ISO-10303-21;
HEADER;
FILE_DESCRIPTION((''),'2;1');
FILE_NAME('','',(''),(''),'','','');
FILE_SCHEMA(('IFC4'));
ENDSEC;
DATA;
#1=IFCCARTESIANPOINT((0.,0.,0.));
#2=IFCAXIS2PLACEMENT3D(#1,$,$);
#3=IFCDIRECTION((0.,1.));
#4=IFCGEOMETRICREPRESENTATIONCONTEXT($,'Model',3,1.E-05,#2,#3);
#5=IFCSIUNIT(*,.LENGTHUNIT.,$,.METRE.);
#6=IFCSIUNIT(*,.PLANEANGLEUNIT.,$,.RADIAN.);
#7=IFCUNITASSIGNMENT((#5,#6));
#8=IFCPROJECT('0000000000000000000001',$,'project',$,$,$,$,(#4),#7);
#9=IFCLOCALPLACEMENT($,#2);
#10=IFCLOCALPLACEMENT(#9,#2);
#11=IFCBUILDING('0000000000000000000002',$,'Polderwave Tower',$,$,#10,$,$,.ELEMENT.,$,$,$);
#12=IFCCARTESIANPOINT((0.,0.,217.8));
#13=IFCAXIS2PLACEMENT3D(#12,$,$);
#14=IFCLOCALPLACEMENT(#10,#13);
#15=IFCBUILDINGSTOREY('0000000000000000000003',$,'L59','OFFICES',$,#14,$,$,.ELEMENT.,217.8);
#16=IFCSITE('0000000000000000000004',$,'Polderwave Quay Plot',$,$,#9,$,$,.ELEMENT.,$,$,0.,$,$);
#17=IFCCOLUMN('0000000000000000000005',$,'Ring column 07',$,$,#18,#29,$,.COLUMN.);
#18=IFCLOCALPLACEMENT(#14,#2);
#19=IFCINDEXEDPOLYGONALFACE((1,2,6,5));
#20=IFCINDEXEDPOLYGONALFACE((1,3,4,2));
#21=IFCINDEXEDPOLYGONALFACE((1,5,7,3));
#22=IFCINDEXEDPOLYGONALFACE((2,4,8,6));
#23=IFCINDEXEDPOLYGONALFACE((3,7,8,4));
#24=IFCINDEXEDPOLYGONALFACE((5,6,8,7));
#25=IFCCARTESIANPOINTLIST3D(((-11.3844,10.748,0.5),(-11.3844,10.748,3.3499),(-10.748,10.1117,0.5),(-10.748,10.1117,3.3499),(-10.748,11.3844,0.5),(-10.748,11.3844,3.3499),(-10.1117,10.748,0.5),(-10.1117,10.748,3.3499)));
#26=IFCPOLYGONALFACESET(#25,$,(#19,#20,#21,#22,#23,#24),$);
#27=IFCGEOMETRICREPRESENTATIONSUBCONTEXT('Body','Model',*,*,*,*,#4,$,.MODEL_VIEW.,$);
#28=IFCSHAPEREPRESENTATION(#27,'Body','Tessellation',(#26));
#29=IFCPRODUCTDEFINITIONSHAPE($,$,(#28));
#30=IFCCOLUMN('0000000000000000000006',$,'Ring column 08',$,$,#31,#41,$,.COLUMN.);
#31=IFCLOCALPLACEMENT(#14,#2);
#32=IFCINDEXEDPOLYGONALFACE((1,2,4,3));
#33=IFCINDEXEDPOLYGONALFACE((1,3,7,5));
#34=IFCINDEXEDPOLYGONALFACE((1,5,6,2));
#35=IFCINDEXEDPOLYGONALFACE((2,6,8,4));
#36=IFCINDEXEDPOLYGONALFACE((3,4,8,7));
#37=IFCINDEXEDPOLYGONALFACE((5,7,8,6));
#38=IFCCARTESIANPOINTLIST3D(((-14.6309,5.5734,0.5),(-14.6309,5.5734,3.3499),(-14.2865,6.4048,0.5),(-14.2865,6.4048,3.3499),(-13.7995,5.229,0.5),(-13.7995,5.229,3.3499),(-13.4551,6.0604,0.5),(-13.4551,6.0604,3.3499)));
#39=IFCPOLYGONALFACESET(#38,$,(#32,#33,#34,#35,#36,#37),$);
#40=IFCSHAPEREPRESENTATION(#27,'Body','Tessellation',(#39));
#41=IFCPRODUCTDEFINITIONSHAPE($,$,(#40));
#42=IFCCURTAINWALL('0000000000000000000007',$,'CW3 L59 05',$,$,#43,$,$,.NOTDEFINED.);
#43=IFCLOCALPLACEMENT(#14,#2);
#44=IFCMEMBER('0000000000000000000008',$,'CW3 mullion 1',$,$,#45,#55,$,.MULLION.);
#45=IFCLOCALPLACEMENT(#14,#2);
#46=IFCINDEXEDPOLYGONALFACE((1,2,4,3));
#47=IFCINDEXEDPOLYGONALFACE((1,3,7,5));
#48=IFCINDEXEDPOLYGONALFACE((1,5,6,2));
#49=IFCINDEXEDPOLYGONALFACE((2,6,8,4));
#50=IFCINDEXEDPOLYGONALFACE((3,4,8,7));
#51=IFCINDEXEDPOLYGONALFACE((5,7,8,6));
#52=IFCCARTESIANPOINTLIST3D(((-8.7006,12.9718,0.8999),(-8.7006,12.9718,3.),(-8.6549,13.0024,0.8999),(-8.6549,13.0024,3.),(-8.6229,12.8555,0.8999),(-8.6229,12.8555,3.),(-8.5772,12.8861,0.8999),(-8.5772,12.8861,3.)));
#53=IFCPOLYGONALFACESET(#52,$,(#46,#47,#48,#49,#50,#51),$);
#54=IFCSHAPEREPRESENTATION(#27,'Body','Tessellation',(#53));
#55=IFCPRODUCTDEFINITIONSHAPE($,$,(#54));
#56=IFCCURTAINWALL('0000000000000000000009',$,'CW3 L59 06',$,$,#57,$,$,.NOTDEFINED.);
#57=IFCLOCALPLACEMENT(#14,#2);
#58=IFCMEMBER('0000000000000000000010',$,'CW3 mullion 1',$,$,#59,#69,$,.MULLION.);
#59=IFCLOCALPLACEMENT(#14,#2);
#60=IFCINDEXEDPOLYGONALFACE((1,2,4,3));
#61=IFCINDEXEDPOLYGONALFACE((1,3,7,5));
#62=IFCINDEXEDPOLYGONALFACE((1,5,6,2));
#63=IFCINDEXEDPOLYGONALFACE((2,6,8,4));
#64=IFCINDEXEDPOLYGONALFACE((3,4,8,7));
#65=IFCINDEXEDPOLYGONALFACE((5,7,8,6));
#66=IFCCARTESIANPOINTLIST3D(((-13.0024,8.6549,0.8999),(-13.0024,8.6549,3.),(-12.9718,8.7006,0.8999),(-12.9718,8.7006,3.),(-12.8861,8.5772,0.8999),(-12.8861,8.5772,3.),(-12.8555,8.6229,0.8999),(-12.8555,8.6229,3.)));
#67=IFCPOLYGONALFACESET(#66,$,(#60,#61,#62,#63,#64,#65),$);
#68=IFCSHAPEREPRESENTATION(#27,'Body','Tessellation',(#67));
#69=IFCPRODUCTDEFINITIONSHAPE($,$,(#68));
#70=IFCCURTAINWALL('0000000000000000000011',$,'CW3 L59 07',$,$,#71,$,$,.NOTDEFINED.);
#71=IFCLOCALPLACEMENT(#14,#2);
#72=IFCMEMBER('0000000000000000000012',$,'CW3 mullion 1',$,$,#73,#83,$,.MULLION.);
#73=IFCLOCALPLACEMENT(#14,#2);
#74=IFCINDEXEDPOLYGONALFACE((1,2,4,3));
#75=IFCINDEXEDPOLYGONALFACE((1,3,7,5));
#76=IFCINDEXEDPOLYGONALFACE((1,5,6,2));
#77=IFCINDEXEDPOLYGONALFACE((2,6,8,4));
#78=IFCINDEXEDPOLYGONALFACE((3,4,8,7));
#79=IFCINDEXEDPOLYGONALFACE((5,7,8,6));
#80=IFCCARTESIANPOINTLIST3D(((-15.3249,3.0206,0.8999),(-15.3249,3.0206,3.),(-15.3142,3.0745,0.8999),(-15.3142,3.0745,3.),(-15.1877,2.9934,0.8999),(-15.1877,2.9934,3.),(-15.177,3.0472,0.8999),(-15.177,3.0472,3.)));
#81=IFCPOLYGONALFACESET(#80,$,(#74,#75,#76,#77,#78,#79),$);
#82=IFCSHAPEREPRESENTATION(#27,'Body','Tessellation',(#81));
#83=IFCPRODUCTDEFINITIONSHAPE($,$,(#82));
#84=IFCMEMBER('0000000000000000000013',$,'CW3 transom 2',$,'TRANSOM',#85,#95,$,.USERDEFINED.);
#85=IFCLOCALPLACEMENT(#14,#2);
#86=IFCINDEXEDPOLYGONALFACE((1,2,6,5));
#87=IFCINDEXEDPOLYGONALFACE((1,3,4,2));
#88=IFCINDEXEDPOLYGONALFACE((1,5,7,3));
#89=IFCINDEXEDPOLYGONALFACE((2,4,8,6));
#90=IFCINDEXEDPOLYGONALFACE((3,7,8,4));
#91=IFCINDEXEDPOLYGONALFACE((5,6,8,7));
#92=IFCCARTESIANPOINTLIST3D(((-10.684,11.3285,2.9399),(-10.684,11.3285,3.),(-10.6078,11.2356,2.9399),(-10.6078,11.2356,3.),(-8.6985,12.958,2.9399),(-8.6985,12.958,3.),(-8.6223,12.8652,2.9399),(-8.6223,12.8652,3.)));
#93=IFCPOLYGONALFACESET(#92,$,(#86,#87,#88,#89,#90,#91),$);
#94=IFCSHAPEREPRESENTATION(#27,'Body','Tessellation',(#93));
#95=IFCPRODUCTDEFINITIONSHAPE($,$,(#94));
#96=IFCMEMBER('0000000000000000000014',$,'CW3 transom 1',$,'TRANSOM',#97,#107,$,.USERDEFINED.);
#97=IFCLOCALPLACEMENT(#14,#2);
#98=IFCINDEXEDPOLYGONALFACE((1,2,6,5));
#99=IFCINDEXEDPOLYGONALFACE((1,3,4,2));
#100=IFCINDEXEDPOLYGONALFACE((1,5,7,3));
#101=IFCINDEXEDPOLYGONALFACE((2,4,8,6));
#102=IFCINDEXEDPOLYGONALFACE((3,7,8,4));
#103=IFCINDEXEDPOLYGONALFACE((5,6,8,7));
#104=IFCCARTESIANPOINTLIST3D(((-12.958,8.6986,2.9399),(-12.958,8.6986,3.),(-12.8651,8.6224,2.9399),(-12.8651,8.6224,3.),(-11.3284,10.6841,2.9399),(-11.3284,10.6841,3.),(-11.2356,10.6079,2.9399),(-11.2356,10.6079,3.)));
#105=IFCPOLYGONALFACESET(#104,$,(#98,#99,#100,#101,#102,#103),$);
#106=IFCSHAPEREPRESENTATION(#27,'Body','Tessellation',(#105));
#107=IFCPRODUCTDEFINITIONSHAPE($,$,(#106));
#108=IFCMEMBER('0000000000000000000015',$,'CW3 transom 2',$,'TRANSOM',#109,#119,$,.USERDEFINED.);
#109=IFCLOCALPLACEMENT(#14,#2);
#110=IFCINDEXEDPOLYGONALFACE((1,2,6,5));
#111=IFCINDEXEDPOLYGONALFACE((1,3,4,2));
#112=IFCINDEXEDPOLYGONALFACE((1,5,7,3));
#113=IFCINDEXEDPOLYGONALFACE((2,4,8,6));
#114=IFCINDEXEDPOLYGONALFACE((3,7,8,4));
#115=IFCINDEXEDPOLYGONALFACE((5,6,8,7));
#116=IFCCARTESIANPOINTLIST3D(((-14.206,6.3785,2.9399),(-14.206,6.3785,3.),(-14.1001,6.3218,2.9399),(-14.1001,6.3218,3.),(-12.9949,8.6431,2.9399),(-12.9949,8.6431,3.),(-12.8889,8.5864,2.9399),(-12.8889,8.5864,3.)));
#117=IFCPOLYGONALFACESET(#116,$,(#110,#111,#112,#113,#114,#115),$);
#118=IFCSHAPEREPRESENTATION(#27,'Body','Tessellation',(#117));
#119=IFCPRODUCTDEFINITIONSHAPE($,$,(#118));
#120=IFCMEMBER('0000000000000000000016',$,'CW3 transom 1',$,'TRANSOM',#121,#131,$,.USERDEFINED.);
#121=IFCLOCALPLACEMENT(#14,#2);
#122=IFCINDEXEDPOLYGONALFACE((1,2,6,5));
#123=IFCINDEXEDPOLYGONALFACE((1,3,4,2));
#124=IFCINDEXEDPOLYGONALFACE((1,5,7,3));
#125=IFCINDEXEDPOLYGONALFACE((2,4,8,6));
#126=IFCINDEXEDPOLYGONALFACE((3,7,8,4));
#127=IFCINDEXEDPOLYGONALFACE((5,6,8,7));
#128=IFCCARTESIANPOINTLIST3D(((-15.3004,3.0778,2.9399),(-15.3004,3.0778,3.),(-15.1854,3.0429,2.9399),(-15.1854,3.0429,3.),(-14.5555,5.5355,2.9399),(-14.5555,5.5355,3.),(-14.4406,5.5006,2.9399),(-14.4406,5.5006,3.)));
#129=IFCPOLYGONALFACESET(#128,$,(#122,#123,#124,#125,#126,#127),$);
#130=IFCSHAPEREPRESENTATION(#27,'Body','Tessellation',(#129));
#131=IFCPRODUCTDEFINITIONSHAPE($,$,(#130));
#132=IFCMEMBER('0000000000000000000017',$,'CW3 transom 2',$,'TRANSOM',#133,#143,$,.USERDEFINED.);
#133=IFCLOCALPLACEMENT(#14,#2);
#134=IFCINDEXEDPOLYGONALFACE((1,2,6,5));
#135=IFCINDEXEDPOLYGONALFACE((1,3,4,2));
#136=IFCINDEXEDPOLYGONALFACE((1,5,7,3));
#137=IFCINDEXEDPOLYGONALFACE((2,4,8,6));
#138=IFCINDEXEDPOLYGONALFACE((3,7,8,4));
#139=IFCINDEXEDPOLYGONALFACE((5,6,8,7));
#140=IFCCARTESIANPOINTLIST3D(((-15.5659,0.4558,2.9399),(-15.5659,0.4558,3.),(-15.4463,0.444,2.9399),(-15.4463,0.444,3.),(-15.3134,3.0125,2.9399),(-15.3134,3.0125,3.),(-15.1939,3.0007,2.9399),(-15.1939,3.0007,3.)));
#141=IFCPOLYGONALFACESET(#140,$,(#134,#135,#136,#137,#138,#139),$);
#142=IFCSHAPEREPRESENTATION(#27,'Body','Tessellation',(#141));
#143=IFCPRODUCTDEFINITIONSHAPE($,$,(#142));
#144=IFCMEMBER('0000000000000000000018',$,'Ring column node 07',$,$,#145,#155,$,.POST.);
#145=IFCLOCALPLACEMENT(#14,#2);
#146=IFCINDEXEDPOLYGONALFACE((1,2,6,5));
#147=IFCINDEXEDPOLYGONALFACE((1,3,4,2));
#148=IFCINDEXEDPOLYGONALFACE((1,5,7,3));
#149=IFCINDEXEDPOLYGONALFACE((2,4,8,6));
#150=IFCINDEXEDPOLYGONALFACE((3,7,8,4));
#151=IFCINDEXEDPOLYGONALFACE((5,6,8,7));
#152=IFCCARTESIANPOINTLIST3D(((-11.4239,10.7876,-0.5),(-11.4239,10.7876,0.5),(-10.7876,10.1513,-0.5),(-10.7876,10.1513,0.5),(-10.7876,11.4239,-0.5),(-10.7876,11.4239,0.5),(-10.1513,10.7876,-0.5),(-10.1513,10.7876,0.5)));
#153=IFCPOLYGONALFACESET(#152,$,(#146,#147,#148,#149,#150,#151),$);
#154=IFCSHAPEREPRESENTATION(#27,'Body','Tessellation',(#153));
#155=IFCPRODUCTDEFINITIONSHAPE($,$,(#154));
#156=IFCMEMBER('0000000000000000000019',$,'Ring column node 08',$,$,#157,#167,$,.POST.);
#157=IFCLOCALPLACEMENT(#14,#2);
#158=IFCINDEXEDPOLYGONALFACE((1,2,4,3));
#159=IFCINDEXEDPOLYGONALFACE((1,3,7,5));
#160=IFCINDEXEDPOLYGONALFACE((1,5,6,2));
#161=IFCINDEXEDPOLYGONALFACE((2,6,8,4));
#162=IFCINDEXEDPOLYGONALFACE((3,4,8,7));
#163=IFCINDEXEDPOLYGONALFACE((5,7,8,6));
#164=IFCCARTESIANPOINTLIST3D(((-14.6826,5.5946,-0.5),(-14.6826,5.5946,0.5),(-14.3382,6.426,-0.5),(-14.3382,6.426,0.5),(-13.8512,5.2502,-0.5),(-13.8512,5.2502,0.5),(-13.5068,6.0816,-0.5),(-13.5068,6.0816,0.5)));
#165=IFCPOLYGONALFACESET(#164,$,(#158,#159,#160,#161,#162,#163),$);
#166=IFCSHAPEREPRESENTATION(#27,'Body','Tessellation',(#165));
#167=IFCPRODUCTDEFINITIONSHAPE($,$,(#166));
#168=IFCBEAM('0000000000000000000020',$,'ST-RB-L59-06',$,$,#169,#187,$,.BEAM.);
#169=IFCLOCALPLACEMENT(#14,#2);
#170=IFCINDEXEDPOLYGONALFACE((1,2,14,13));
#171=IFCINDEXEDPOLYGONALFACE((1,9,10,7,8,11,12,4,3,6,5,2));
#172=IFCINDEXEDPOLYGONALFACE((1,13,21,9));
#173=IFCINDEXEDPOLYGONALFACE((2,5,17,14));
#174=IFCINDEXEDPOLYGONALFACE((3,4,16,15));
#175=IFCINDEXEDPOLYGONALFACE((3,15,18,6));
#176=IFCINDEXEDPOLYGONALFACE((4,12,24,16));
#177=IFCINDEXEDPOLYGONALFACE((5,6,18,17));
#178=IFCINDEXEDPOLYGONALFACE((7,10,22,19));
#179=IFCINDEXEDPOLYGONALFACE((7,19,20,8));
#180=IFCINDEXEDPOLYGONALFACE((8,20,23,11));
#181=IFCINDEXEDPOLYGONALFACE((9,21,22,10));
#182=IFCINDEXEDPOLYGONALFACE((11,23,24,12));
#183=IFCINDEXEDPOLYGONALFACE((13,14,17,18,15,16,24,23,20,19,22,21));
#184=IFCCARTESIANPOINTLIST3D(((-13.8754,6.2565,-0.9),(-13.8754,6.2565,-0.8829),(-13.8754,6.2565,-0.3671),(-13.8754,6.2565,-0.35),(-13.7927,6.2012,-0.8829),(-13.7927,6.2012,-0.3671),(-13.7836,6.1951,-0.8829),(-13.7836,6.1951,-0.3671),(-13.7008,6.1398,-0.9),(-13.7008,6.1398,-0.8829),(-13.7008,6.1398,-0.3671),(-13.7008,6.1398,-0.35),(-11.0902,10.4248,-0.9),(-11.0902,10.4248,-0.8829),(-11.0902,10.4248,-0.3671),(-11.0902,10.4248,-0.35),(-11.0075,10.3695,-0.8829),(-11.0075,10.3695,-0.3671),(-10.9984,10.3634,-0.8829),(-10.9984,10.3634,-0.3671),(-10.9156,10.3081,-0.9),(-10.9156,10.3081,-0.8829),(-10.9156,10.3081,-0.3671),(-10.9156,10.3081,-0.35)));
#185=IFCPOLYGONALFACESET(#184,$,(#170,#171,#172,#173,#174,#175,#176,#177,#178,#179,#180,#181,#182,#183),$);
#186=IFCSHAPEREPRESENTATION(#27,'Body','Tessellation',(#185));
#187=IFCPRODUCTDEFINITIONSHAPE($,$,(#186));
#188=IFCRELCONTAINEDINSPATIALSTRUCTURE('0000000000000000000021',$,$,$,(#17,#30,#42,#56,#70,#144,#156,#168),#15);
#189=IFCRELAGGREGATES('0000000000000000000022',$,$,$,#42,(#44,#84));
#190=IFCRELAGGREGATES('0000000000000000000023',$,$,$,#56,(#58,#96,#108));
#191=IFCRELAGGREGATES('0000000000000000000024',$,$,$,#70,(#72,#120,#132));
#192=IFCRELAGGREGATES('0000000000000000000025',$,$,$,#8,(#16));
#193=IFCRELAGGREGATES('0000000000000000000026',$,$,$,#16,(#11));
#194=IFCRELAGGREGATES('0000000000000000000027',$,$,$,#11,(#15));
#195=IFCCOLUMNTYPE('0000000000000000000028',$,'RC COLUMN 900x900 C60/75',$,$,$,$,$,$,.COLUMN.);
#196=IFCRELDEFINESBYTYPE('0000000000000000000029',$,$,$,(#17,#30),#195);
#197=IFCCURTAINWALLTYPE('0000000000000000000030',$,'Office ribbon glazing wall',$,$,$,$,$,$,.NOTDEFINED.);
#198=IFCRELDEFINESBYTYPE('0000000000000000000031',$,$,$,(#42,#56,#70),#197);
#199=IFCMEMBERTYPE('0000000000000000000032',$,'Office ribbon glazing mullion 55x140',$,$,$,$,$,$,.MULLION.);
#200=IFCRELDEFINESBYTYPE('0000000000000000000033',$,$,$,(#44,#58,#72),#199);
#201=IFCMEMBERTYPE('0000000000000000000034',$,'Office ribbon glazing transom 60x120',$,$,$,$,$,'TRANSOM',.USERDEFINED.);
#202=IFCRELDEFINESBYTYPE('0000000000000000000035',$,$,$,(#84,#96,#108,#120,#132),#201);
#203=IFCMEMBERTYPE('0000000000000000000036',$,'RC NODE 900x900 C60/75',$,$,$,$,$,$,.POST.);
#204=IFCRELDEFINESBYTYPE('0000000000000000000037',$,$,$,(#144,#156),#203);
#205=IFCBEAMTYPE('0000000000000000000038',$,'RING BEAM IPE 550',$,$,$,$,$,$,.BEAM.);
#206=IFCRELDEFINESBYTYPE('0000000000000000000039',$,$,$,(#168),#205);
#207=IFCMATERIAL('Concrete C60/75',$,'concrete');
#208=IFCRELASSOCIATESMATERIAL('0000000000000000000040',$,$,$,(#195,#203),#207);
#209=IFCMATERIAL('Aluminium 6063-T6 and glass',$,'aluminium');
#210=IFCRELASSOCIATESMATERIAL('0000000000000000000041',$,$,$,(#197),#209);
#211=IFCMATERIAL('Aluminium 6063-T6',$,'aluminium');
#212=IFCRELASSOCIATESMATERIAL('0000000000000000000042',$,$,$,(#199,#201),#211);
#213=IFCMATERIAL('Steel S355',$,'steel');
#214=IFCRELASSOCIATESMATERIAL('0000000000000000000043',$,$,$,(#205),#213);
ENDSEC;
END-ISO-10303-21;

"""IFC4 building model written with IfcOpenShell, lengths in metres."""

from ifc_helpers import new_model, si_unit, direction, frame, origin, origin_2d, place, context, subcontext, project, spatial, rectangle, i_section, extrude, material, material_profile, profile_set, type_object, element, aggregate, save


model = new_model("IFC4")

# Units and contexts
model_context = context("Model", 3, precision=1e-05, world=origin(), true_north=direction((0.0, 1.0)))
body_context = subcontext(model_context, "Body", "Model", "MODEL_VIEW")
ifc_project = project(units=[si_unit("LENGTHUNIT", "METRE"), si_unit("PLANEANGLEUNIT", "RADIAN")], contexts=[model_context])

# Site, building, storey
site_placement = place(None, origin())
site = spatial("IfcSite", under=ifc_project, at=site_placement, Name="Polderwave Quay Plot", CompositionType="ELEMENT", RefElevation=0.0)
building_placement = place(site_placement, origin())
building = spatial("IfcBuilding", under=site, at=building_placement, Name="Polderwave Tower", CompositionType="ELEMENT")
storey_placement = place(building_placement, frame((0.0, 0.0, 217.8)))
storey = spatial("IfcBuildingStorey", under=building, at=storey_placement, Name="L59", Description="OFFICES", CompositionType="ELEMENT", Elevation=217.8)

# Columns
ifc_material_1 = material(Name="Concrete C60/75", Category="concrete")
ifc_material_profile_1 = material_profile(ifc_material_1, rectangle(XDim=0.8999, YDim=0.8999, at=origin_2d()), Name="RC 900x900")
ifc_profile_set_1 = profile_set([ifc_material_profile_1], Name="Concrete C60/75")
column_type = type_object("IfcColumnType", Name="RC COLUMN 900x900 C60/75", PredefinedType="COLUMN", material=ifc_profile_set_1)
for number, where, z_axis, x_axis, name in (
    (1, (-10.748, 10.748, 0.5), (0.0, 0.0, 1.0), (-0.707107, 0.707107, 0.0), "Ring column 07"),
    (2, (-14.043, 5.8169, 0.5), (0.0, 0.0, 1.0), (-0.92388, 0.382683, 0.0), "Ring column 08"),
):
    element("IfcColumn", number, at=place(storey_placement, frame(where, z_axis=z_axis, x_axis=x_axis)), inside=storey, type_object=column_type, Name=name, PredefinedType="COLUMN", context=body_context, shape_type="SweptSolid", body=[
        extrude(rectangle(XDim=0.8999, YDim=0.8999, at=origin_2d()), origin(), (0.0, 0.0, 1.0), 2.8499),
    ])

# Curtain walls, members
ifc_material_2 = material(Name="Aluminium 6063-T6 and glass", Category="aluminium")
curtain_wall_type = type_object("IfcCurtainWallType", Name="Office ribbon glazing wall", PredefinedType="NOTDEFINED", material=ifc_material_2)
curtain_wall_1_placement = place(storey_placement, origin())
curtain_wall_1 = element("IfcCurtainWall", 3, at=curtain_wall_1_placement, inside=storey, type_object=curtain_wall_type, Name="CW3 L59 05", PredefinedType="NOTDEFINED")
ifc_material_3 = material(Name="Aluminium 6063-T6", Category="aluminium")
ifc_material_profile_2 = material_profile(ifc_material_3, rectangle(XDim=0.1399, YDim=0.0549, at=origin_2d()), Name="AL 55x140")
ifc_profile_set_2 = profile_set([ifc_material_profile_2], Name="Aluminium 6063-T6")
member_type_1 = type_object("IfcMemberType", Name="Office ribbon glazing mullion 55x140", PredefinedType="MULLION", material=ifc_profile_set_2)
member_1_placement = place(storey_placement, frame((-8.6389, 12.929, 0.8999), z_axis=(0.0, 0.0, 1.0), x_axis=(0.555628, -0.831431, 0.0)))
member_1 = element("IfcMember", 4, at=member_1_placement, type_object=member_type_1, Name="CW3 mullion 1", PredefinedType="MULLION", context=body_context, shape_type="SweptSolid", body=[
    extrude(rectangle(XDim=0.1399, YDim=0.0549, at=origin_2d()), origin(), (0.0, 0.0, 1.0), 2.1001),
])
curtain_wall_2_placement = place(storey_placement, origin())
curtain_wall_2 = element("IfcCurtainWall", 5, at=curtain_wall_2_placement, inside=storey, type_object=curtain_wall_type, Name="CW3 L59 06", PredefinedType="NOTDEFINED")
member_2_placement = place(storey_placement, frame((-12.929, 8.6389, 0.8999), z_axis=(0.0, 0.0, 1.0), x_axis=(0.831431, -0.555628, 0.0)))
member_2 = element("IfcMember", 6, at=member_2_placement, type_object=member_type_1, Name="CW3 mullion 1", PredefinedType="MULLION", context=body_context, shape_type="SweptSolid", body=[
    extrude(rectangle(XDim=0.1399, YDim=0.0549, at=origin_2d()), origin(), (0.0, 0.0, 1.0), 2.1001),
])
curtain_wall_3_placement = place(storey_placement, origin())
curtain_wall_3 = element("IfcCurtainWall", 7, at=curtain_wall_3_placement, inside=storey, type_object=curtain_wall_type, Name="CW3 L59 07", PredefinedType="NOTDEFINED")
member_3_placement = place(storey_placement, frame((-15.251, 3.0339, 0.8999), z_axis=(0.0, 0.0, 1.0), x_axis=(0.980785, -0.195092, 0.0)))
member_3 = element("IfcMember", 8, at=member_3_placement, type_object=member_type_1, Name="CW3 mullion 1", PredefinedType="MULLION", context=body_context, shape_type="SweptSolid", body=[
    extrude(rectangle(XDim=0.1399, YDim=0.0549, at=origin_2d()), origin(), (0.0, 0.0, 1.0), 2.1001),
])

# Members
ifc_material_profile_3 = material_profile(ifc_material_3, rectangle(XDim=0.1201, YDim=0.0601, at=origin_2d()), Name="AL 60x120")
ifc_profile_set_3 = profile_set([ifc_material_profile_3], Name="Aluminium 6063-T6")
member_type_2 = type_object("IfcMemberType", Name="Office ribbon glazing transom 60x120", ElementType="TRANSOM", PredefinedType="USERDEFINED", material=ifc_profile_set_3)
member_4_placement = place(storey_placement, frame((-8.6604, 12.9116, 2.97), z_axis=(-0.772991, -0.634417, 0.0), x_axis=(0.634417, -0.772991, 0.0)))
member_4 = element("IfcMember", 9, at=member_4_placement, type_object=member_type_2, Name="CW3 transom 2", ObjectType="TRANSOM", PredefinedType="USERDEFINED", context=body_context, shape_type="SweptSolid", body=[
    extrude(rectangle(XDim=0.1201, YDim=0.0601, at=origin_2d()), origin(), (0.0, 0.0, 1.0), 2.5686),
])
member_5_placement = place(storey_placement, frame((-11.282, 10.646, 2.97), z_axis=(-0.634417, -0.772991, 0.0), x_axis=(0.772991, -0.634417, 0.0)))
member_5 = element("IfcMember", 10, at=member_5_placement, type_object=member_type_2, Name="CW3 transom 1", ObjectType="TRANSOM", PredefinedType="USERDEFINED", context=body_context, shape_type="SweptSolid", body=[
    extrude(rectangle(XDim=0.1201, YDim=0.0601, at=origin_2d()), origin(), (0.0, 0.0, 1.0), 2.5686),
])
member_6_placement = place(storey_placement, frame((-12.9419, 8.6147, 2.97), z_axis=(-0.471609, -0.881808, 0.0), x_axis=(0.881808, -0.471609, 0.0)))
member_6 = element("IfcMember", 11, at=member_6_placement, type_object=member_type_2, Name="CW3 transom 2", ObjectType="TRANSOM", PredefinedType="USERDEFINED", context=body_context, shape_type="SweptSolid", body=[
    extrude(rectangle(XDim=0.1201, YDim=0.0601, at=origin_2d()), origin(), (0.0, 0.0, 1.0), 2.5681),
])
member_7_placement = place(storey_placement, frame((-14.498, 5.5181, 2.97), z_axis=(-0.290042, -0.957014, 0.0), x_axis=(0.957014, -0.290042, 0.0)))
member_7 = element("IfcMember", 12, at=member_7_placement, type_object=member_type_2, Name="CW3 transom 1", ObjectType="TRANSOM", PredefinedType="USERDEFINED", context=body_context, shape_type="SweptSolid", body=[
    extrude(rectangle(XDim=0.1201, YDim=0.0601, at=origin_2d()), origin(), (0.0, 0.0, 1.0), 2.5681),
])
member_8_placement = place(storey_placement, frame((-15.2537, 3.0066, 2.97), z_axis=(-0.098262, -0.995161, 0.0), x_axis=(0.995161, -0.098262, 0.0)))
member_8 = element("IfcMember", 13, at=member_8_placement, type_object=member_type_2, Name="CW3 transom 2", ObjectType="TRANSOM", PredefinedType="USERDEFINED", context=body_context, shape_type="SweptSolid", body=[
    extrude(rectangle(XDim=0.1201, YDim=0.0601, at=origin_2d()), origin(), (0.0, 0.0, 1.0), 2.5691),
])

# Members
ifc_material_profile_4 = material_profile(ifc_material_1, rectangle(XDim=0.8999, YDim=0.8999, at=origin_2d()), Name="RC 900x900")
ifc_profile_set_4 = profile_set([ifc_material_profile_4], Name="Concrete C60/75")
member_type_3 = type_object("IfcMemberType", Name="RC NODE 900x900 C60/75", PredefinedType="POST", material=ifc_profile_set_4)
for number, where, z_axis, x_axis, name in (
    (14, (-10.7876, 10.7876, -0.5), (0.0, 0.0, 1.0), (-0.707107, 0.707107, 0.0), "Ring column node 07"),
    (15, (-14.0947, 5.8381, -0.5), (0.0, 0.0, 1.0), (-0.92388, 0.382683, 0.0), "Ring column node 08"),
):
    element("IfcMember", number, at=place(storey_placement, frame(where, z_axis=z_axis, x_axis=x_axis)), inside=storey, type_object=member_type_3, Name=name, PredefinedType="POST", context=body_context, shape_type="SweptSolid", body=[
        extrude(rectangle(XDim=0.8999, YDim=0.8999, at=origin_2d()), origin(), (0.0, 0.0, 1.0), 1.0),
    ])

# Beam
ifc_material_4 = material(Name="Steel S355", Category="steel")
ifc_material_profile_5 = material_profile(ifc_material_4, i_section(OverallWidth=0.21, OverallDepth=0.55, WebThickness=0.011, FlangeThickness=0.0171, at=origin_2d()), Name="IPE 550")
ifc_profile_set_5 = profile_set([ifc_material_profile_5], Name="Steel S355")
beam_type = type_object("IfcBeamType", Name="RING BEAM IPE 550", PredefinedType="BEAM", material=ifc_profile_set_5)
for number, where, z_axis, x_axis, name in (
    (16, (-11.0029, 10.3665, -0.625), (-0.555576, -0.831465, 0.0), (0.831465, -0.555576, 0.0), "ST-RB-L59-06"),
):
    element("IfcBeam", number, at=place(storey_placement, frame(where, z_axis=z_axis, x_axis=x_axis)), inside=storey, type_object=beam_type, Name=name, PredefinedType="BEAM", context=body_context, shape_type="SweptSolid", body=[
        extrude(i_section(OverallWidth=0.21, OverallDepth=0.55, WebThickness=0.011, FlangeThickness=0.0171, at=origin_2d()), origin(), (0.0, 0.0, 1.0), 5.0132),
    ])

aggregate(curtain_wall_1, [member_1, member_4])
aggregate(curtain_wall_2, [member_2, member_5, member_6])
aggregate(curtain_wall_3, [member_3, member_7, member_8])

save(model, "model.ifc")
